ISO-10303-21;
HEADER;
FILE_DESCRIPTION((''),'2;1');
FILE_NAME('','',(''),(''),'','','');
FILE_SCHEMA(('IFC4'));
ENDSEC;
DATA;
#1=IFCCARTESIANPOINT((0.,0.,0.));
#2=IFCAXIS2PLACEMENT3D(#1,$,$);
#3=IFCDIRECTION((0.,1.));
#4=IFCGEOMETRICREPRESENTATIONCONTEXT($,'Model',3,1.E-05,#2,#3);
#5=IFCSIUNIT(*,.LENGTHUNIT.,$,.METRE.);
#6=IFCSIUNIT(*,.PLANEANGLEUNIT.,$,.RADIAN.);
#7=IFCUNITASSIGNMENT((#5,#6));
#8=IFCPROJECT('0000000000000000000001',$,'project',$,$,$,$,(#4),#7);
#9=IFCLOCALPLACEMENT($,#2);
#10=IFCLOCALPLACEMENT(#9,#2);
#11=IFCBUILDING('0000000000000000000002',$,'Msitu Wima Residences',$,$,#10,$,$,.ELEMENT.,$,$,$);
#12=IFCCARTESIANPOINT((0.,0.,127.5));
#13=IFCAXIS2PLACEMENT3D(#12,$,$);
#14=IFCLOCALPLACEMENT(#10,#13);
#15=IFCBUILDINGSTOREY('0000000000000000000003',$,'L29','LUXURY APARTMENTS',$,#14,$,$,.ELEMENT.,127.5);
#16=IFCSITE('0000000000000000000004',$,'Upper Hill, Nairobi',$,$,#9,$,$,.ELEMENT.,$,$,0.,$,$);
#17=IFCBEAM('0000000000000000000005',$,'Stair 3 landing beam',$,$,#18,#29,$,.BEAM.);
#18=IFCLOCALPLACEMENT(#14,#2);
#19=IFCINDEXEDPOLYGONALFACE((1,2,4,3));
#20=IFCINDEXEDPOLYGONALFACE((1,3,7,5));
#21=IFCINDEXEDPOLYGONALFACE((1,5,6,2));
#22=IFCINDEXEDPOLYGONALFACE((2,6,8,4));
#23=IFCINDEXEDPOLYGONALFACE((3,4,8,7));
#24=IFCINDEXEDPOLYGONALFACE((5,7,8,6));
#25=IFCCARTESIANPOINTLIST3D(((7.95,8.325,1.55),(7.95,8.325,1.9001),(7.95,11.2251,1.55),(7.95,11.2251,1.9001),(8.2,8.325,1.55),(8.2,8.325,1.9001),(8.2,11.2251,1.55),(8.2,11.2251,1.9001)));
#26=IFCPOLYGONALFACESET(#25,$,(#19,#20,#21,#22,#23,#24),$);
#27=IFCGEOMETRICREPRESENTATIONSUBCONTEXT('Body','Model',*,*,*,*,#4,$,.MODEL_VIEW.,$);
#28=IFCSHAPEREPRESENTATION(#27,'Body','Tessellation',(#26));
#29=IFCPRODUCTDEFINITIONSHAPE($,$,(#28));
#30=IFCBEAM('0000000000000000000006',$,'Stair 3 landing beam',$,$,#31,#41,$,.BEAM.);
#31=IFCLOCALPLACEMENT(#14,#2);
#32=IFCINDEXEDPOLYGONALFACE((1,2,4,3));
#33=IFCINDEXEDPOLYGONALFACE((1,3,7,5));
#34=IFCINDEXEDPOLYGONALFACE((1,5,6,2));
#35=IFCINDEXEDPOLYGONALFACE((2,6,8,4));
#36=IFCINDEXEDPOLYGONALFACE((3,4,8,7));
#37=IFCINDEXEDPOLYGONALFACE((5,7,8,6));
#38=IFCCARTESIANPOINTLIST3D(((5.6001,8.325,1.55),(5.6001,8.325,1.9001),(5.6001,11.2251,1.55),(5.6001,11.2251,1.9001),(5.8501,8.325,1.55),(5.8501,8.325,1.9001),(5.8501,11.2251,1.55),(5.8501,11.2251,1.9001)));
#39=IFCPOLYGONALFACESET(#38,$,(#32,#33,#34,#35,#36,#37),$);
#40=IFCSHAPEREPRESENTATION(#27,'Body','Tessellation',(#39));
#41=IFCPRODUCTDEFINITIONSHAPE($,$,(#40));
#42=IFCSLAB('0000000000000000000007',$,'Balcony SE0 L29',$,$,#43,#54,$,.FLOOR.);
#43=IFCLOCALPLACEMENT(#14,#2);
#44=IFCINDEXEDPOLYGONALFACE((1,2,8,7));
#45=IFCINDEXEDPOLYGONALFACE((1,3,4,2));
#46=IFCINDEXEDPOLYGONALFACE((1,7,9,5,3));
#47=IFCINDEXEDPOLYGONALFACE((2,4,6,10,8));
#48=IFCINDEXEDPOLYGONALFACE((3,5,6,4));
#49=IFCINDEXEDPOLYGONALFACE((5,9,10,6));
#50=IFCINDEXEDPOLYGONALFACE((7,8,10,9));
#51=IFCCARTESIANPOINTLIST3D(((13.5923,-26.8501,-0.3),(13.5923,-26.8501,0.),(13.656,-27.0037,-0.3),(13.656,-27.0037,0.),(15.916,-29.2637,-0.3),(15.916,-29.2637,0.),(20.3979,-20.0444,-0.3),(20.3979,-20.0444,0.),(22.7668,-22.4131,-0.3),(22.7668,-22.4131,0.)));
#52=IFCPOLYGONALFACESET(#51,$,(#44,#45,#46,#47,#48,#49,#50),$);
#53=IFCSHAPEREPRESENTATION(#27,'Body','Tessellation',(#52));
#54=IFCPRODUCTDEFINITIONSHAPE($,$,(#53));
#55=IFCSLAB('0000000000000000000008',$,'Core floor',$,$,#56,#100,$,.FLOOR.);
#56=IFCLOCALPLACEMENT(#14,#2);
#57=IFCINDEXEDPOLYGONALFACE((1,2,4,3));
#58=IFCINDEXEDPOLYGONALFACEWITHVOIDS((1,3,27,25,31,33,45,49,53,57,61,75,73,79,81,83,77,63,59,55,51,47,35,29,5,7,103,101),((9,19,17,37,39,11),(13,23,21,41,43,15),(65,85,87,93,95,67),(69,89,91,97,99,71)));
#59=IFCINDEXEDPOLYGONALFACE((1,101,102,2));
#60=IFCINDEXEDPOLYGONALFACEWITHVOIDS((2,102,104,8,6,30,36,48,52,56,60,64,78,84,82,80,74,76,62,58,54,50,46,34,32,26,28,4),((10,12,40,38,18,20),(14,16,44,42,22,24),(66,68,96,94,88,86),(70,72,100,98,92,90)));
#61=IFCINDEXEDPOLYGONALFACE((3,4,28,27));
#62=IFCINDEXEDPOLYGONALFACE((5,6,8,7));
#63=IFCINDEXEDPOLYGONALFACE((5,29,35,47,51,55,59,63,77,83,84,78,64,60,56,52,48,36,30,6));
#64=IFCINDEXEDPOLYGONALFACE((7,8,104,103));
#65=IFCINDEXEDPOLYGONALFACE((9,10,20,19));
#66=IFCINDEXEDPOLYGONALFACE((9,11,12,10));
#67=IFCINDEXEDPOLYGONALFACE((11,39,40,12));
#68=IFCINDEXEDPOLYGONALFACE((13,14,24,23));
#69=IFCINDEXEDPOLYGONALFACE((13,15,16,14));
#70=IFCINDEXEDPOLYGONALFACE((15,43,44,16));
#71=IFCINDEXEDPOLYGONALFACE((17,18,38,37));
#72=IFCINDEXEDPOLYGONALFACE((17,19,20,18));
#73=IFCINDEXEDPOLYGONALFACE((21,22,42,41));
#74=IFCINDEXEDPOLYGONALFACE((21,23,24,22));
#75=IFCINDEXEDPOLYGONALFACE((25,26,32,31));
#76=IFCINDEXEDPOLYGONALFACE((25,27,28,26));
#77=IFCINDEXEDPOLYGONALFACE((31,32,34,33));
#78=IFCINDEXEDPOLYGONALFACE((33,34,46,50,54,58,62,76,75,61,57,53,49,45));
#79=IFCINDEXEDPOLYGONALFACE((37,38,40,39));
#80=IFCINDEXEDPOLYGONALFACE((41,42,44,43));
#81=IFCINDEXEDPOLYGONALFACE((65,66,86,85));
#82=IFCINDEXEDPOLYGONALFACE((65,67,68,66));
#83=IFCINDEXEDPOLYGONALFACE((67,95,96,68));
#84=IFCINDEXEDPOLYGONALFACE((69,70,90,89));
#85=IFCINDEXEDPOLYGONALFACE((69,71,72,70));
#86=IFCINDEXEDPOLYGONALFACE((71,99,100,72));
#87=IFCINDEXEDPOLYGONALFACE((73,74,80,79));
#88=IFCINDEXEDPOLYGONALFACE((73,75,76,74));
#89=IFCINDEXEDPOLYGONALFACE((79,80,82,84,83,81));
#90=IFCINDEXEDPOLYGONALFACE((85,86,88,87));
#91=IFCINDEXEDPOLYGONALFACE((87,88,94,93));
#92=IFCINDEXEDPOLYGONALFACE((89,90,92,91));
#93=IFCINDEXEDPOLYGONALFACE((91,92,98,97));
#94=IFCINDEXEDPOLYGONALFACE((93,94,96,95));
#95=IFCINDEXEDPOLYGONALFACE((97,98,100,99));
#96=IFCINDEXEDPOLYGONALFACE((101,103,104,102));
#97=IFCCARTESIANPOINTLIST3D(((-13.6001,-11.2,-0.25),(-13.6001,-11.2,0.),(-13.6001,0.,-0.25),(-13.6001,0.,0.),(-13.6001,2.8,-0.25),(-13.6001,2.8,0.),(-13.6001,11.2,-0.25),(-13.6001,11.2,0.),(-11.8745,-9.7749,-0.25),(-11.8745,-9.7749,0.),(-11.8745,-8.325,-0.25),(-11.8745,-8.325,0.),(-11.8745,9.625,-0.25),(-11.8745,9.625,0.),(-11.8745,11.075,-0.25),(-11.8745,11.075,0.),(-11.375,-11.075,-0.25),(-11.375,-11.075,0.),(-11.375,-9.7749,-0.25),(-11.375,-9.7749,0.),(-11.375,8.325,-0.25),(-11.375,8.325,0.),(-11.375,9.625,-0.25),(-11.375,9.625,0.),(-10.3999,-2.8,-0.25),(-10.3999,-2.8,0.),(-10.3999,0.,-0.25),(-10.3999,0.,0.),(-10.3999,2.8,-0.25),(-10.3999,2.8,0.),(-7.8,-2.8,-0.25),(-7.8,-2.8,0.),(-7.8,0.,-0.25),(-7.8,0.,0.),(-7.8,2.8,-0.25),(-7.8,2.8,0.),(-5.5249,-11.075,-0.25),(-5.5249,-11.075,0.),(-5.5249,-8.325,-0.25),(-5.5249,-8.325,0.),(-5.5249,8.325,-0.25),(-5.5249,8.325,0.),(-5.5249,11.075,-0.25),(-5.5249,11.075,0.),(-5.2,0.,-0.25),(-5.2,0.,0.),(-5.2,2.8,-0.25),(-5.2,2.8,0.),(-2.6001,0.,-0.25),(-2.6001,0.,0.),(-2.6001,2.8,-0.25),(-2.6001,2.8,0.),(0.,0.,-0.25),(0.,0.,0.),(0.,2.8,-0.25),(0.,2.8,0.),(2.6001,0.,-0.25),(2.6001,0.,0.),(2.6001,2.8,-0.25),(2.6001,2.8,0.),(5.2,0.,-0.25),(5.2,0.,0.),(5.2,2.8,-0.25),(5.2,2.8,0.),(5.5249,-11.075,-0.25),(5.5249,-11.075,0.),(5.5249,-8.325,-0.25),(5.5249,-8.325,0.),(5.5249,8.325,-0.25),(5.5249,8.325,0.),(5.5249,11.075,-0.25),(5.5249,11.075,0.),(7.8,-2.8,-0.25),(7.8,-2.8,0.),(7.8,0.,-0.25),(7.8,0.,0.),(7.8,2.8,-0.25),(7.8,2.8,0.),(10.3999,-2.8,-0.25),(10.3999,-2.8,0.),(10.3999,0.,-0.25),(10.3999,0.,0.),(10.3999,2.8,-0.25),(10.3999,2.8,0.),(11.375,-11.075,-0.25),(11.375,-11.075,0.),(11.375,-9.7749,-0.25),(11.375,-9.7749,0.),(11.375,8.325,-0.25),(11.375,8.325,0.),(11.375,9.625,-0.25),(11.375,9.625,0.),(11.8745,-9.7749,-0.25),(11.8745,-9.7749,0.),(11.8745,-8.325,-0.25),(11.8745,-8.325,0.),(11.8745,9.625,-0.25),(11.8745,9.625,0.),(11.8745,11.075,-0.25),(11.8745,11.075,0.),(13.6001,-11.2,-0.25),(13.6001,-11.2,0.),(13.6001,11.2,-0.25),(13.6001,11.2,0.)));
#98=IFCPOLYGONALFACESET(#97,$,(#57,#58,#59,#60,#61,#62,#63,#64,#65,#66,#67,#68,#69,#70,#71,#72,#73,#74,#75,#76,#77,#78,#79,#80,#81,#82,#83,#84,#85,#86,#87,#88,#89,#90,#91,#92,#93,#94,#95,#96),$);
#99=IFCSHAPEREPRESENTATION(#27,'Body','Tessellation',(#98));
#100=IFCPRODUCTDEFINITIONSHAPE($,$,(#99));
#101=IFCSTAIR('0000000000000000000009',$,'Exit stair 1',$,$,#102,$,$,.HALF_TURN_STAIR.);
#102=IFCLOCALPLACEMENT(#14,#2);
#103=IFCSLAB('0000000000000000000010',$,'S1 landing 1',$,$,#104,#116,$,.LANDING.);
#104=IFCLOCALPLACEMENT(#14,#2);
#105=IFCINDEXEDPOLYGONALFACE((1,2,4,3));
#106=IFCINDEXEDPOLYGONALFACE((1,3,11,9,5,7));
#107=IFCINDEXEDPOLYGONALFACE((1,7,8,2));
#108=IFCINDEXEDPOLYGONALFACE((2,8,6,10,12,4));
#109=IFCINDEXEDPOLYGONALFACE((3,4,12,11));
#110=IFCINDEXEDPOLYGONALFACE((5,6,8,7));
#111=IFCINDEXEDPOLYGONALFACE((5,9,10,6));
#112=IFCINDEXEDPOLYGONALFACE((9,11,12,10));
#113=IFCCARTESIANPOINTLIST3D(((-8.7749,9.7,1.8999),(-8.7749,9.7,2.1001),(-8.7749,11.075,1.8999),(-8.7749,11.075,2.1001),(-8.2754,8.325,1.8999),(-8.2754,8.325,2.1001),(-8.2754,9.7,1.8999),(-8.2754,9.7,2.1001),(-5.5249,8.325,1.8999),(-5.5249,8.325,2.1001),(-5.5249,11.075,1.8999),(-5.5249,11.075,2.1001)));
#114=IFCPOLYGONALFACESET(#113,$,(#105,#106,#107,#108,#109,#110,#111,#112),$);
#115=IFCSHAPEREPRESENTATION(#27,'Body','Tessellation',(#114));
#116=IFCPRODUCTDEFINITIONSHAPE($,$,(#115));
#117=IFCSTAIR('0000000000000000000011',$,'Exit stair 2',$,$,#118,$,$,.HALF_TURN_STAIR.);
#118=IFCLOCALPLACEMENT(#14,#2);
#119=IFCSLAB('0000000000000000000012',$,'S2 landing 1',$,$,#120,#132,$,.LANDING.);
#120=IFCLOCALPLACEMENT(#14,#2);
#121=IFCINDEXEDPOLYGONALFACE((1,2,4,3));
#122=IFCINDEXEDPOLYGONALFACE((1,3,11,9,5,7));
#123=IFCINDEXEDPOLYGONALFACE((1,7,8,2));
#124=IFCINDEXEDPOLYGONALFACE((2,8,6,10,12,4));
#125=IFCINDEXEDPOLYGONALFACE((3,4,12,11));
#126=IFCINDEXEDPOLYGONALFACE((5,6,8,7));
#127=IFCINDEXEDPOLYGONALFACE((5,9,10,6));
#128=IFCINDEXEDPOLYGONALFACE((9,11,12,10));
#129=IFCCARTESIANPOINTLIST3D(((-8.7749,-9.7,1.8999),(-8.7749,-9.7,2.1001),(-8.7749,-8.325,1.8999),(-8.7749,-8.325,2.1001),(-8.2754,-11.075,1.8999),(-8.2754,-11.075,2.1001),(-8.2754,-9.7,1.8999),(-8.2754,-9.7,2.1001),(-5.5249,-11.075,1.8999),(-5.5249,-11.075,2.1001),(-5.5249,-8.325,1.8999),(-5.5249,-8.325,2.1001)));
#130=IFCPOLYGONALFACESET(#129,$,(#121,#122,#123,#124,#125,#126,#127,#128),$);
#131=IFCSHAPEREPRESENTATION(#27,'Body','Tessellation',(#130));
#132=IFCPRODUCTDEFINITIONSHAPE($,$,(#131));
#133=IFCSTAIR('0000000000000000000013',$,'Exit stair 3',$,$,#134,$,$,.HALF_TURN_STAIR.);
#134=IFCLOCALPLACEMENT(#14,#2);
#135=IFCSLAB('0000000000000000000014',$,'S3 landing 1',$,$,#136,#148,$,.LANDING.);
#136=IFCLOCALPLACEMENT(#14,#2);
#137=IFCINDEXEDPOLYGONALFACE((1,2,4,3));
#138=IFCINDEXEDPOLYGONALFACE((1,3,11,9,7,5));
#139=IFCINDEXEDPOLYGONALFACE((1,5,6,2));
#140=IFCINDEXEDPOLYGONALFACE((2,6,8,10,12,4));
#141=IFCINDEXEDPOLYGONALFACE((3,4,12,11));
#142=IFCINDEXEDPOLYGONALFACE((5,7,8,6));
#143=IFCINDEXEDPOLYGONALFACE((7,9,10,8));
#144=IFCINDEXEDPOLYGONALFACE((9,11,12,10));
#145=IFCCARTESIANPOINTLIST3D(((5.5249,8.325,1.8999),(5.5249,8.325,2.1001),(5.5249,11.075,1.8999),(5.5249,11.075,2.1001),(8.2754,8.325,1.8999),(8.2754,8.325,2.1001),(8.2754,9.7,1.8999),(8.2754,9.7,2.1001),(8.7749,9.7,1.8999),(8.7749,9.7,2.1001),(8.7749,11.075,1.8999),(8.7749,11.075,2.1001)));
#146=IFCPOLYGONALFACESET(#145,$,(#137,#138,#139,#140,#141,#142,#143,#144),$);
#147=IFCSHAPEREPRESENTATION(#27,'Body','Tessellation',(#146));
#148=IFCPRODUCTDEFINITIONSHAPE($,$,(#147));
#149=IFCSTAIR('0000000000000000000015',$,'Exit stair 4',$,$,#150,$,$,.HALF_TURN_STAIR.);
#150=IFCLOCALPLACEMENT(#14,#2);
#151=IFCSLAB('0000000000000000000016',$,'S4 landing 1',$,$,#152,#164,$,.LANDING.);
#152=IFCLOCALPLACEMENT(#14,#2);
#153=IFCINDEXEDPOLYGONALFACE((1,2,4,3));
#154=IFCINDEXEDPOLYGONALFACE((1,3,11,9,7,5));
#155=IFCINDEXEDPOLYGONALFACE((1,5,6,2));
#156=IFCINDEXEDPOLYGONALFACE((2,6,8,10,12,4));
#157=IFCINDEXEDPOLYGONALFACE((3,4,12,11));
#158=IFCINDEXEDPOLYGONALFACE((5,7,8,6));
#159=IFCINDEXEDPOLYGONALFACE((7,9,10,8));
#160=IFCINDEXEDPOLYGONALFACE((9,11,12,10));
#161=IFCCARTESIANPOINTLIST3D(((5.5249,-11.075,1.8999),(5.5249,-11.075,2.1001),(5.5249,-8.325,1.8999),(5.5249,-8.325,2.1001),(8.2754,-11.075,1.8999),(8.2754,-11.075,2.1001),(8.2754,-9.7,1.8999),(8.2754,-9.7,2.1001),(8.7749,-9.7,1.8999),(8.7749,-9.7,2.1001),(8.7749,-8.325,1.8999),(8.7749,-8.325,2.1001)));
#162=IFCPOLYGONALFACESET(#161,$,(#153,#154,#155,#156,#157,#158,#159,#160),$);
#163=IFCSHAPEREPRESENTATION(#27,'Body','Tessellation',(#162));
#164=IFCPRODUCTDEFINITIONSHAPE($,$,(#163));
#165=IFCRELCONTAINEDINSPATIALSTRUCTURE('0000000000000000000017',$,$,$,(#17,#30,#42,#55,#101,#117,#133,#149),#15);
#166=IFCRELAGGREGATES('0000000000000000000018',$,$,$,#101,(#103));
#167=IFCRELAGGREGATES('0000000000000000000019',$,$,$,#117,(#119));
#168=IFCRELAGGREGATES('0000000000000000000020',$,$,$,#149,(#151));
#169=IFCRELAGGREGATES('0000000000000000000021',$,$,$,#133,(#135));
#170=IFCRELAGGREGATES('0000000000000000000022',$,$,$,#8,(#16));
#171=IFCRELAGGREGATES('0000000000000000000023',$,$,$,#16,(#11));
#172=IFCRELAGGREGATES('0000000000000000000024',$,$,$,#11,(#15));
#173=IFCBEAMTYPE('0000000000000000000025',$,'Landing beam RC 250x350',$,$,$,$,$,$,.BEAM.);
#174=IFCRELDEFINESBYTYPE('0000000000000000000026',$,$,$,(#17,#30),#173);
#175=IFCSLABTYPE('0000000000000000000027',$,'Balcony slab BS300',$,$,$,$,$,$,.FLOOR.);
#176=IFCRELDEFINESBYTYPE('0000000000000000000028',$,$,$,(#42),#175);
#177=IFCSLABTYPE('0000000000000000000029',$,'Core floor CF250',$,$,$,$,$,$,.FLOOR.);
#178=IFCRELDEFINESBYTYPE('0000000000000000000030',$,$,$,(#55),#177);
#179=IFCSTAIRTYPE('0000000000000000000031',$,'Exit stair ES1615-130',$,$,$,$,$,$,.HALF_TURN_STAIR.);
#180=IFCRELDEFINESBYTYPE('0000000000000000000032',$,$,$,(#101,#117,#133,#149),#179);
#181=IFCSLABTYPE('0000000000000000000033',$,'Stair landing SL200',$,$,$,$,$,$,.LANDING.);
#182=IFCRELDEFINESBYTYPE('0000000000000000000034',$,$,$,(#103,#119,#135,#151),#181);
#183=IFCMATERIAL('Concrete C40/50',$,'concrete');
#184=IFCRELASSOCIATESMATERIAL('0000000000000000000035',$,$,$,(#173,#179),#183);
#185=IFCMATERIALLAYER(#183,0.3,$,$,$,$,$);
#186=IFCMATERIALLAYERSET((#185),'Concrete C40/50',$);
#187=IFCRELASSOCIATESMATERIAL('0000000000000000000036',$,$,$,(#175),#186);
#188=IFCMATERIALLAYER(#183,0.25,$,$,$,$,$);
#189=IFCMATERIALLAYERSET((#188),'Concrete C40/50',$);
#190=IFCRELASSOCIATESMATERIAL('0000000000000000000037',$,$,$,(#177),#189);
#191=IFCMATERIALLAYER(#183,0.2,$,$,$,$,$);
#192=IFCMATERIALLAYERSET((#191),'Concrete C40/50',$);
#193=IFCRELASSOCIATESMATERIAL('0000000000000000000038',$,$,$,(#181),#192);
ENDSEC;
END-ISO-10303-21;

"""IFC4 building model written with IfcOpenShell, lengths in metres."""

from ifc_helpers import new_model, si_unit, direction, frame, origin, origin_2d, place, context, subcontext, project, spatial, polyline, rectangle, outline, extrude, material, layer, layer_set, material_profile, profile_set, type_object, element, aggregate, save


model = new_model("IFC4")

# Units and contexts
model_context = context("Model", 3, precision=1e-05, world=origin(), true_north=direction((0.0, 1.0)))
body_context = subcontext(model_context, "Body", "Model", "MODEL_VIEW")
ifc_project = project(units=[si_unit("LENGTHUNIT", "METRE"), si_unit("PLANEANGLEUNIT", "RADIAN")], contexts=[model_context])

# Site, building, storey
site_placement = place(None, origin())
site = spatial("IfcSite", under=ifc_project, at=site_placement, Name="Upper Hill, Nairobi", CompositionType="ELEMENT", RefElevation=0.0)
building_placement = place(site_placement, origin())
building = spatial("IfcBuilding", under=site, at=building_placement, Name="Msitu Wima Residences", CompositionType="ELEMENT")
storey_placement = place(building_placement, frame((0.0, 0.0, 127.5)))
storey = spatial("IfcBuildingStorey", under=building, at=storey_placement, Name="L29", Description="LUXURY APARTMENTS", CompositionType="ELEMENT", Elevation=127.5)

# Beams
ifc_material_1 = material(Name="Concrete C40/50", Category="concrete")
ifc_material_profile = material_profile(ifc_material_1, rectangle(XDim=0.25, YDim=0.3501, at=origin_2d()), Name="RC 250x350")
ifc_profile_set = profile_set([ifc_material_profile], Name="Concrete C40/50")
beam_type = type_object("IfcBeamType", Name="Landing beam RC 250x350", PredefinedType="BEAM", material=ifc_profile_set)
for number, where, z_axis, x_axis, name in (
    (1, (8.075, 8.325, 1.7251), (0.0, 1.0, 0.0), (-1.0, 0.0, 0.0), "Stair 3 landing beam"),
    (2, (5.7251, 8.325, 1.7251), (0.0, 1.0, 0.0), (-1.0, 0.0, 0.0), "Stair 3 landing beam"),
):
    element("IfcBeam", number, at=place(storey_placement, frame(where, z_axis=z_axis, x_axis=x_axis)), inside=storey, type_object=beam_type, Name=name, PredefinedType="BEAM", context=body_context, shape_type="SweptSolid", body=[
        extrude(rectangle(XDim=0.25, YDim=0.3501, at=origin_2d()), origin(), (0.0, 0.0, 1.0), 2.9001),
    ])

# Slabs
ifc_layer_1 = layer(ifc_material_1, 0.3)
ifc_layer_set_1 = layer_set([ifc_layer_1], Name="Concrete C40/50")
slab_type_1 = type_object("IfcSlabType", Name="Balcony slab BS300", PredefinedType="FLOOR", material=ifc_layer_set_1)
slab_1_placement = place(storey_placement, frame((0.0, 0.0, -0.3)))
element("IfcSlab", 3, at=slab_1_placement, inside=storey, type_object=slab_type_1, Name="Balcony SE0 L29", PredefinedType="FLOOR", context=body_context, shape_type="SweptSolid", body=[
    extrude(outline(polyline([(22.7668, -22.4131), (15.916, -29.2637), (13.656, -27.0037), (13.5923, -26.8501), (20.3979, -20.0444), (22.7668, -22.4131)])), origin(), (0.0, 0.0, 1.0), 0.3),
])
ifc_layer_2 = layer(ifc_material_1, 0.25)
ifc_layer_set_2 = layer_set([ifc_layer_2], Name="Concrete C40/50")
slab_type_2 = type_object("IfcSlabType", Name="Core floor CF250", PredefinedType="FLOOR", material=ifc_layer_set_2)
slab_2_placement = place(storey_placement, frame((0.0, 0.0, -0.25)))
element("IfcSlab", 4, at=slab_2_placement, inside=storey, type_object=slab_type_2, Name="Core floor", PredefinedType="FLOOR", context=body_context, shape_type="SweptSolid", body=[
    extrude(outline(polyline([(-13.6001, 11.2), (-13.6001, 2.8), (-10.3999, 2.8), (-7.8, 2.8), (-5.2, 2.8), (-2.6001, 2.8), (0.0, 2.8), (2.6001, 2.8), (5.2, 2.8), (7.8, 2.8), (10.3999, 2.8), (10.3999, 0.0), (10.3999, -2.8), (7.8, -2.8), (7.8, 0.0), (5.2, 0.0), (2.6001, 0.0), (0.0, 0.0), (-2.6001, 0.0), (-5.2, 0.0), (-7.8, 0.0), (-7.8, -2.8), (-10.3999, -2.8), (-10.3999, 0.0), (-13.6001, 0.0), (-13.6001, -11.2), (13.6001, -11.2), (13.6001, 11.2), (-13.6001, 11.2)]), holes=[polyline([(-11.375, -11.075), (-11.375, -9.7749), (-11.8745, -9.7749), (-11.8745, -8.325), (-5.5249, -8.325), (-5.5249, -11.075), (-11.375, -11.075)]), polyline([(-11.375, 9.625), (-11.8745, 9.625), (-11.8745, 11.075), (-5.5249, 11.075), (-5.5249, 8.325), (-11.375, 8.325), (-11.375, 9.625)]), polyline([(11.375, -9.7749), (11.375, -11.075), (5.5249, -11.075), (5.5249, -8.325), (11.8745, -8.325), (11.8745, -9.7749), (11.375, -9.7749)]), polyline([(11.375, 9.625), (11.375, 8.325), (5.5249, 8.325), (5.5249, 11.075), (11.8745, 11.075), (11.8745, 9.625), (11.375, 9.625)])]), origin(), (0.0, 0.0, 1.0), 0.25),
])

# Stairs, slabs
stair_type = type_object("IfcStairType", Name="Exit stair ES1615-130", PredefinedType="HALF_TURN_STAIR", material=ifc_material_1)
stair_1_placement = place(storey_placement, origin())
stair_1 = element("IfcStair", 5, at=stair_1_placement, inside=storey, type_object=stair_type, Name="Exit stair 1", PredefinedType="HALF_TURN_STAIR")
ifc_layer_3 = layer(ifc_material_1, 0.2)
ifc_layer_set_3 = layer_set([ifc_layer_3], Name="Concrete C40/50")
slab_type_3 = type_object("IfcSlabType", Name="Stair landing SL200", PredefinedType="LANDING", material=ifc_layer_set_3)
slab_3_placement = place(storey_placement, frame((0.0, 0.0, 1.8999)))
slab_3 = element("IfcSlab", 6, at=slab_3_placement, type_object=slab_type_3, Name="S1 landing 1", PredefinedType="LANDING", context=body_context, shape_type="SweptSolid", body=[
    extrude(outline(polyline([(-5.5249, 8.325), (-8.2754, 8.325), (-8.2754, 9.7), (-8.7749, 9.7), (-8.7749, 11.075), (-5.5249, 11.075), (-5.5249, 8.325)])), origin(), (0.0, 0.0, 1.0), 0.2002),
])
aggregate(stair_1, [slab_3])
stair_2_placement = place(storey_placement, origin())
stair_2 = element("IfcStair", 7, at=stair_2_placement, inside=storey, type_object=stair_type, Name="Exit stair 2", PredefinedType="HALF_TURN_STAIR")
slab_4_placement = place(storey_placement, frame((0.0, 0.0, 1.8999)))
slab_4 = element("IfcSlab", 8, at=slab_4_placement, type_object=slab_type_3, Name="S2 landing 1", PredefinedType="LANDING", context=body_context, shape_type="SweptSolid", body=[
    extrude(outline(polyline([(-5.5249, -11.075), (-8.2754, -11.075), (-8.2754, -9.7), (-8.7749, -9.7), (-8.7749, -8.325), (-5.5249, -8.325), (-5.5249, -11.075)])), origin(), (0.0, 0.0, 1.0), 0.2002),
])
aggregate(stair_2, [slab_4])
stair_3_placement = place(storey_placement, origin())
stair_3 = element("IfcStair", 9, at=stair_3_placement, inside=storey, type_object=stair_type, Name="Exit stair 3", PredefinedType="HALF_TURN_STAIR")
slab_5_placement = place(storey_placement, frame((0.0, 0.0, 1.8999)))
slab_5 = element("IfcSlab", 10, at=slab_5_placement, type_object=slab_type_3, Name="S3 landing 1", PredefinedType="LANDING", context=body_context, shape_type="SweptSolid", body=[
    extrude(outline(polyline([(5.5249, 8.325), (8.2754, 8.325), (8.2754, 9.7), (8.7749, 9.7), (8.7749, 11.075), (5.5249, 11.075), (5.5249, 8.325)])), origin(), (0.0, 0.0, 1.0), 0.2002),
])
stair_4_placement = place(storey_placement, origin())
stair_4 = element("IfcStair", 11, at=stair_4_placement, inside=storey, type_object=stair_type, Name="Exit stair 4", PredefinedType="HALF_TURN_STAIR")
slab_6_placement = place(storey_placement, frame((0.0, 0.0, 1.8999)))
slab_6 = element("IfcSlab", 12, at=slab_6_placement, type_object=slab_type_3, Name="S4 landing 1", PredefinedType="LANDING", context=body_context, shape_type="SweptSolid", body=[
    extrude(outline(polyline([(5.5249, -11.075), (8.2754, -11.075), (8.2754, -9.7), (8.7749, -9.7), (8.7749, -8.325), (5.5249, -8.325), (5.5249, -11.075)])), origin(), (0.0, 0.0, 1.0), 0.2002),
])
aggregate(stair_4, [slab_6])

aggregate(stair_3, [slab_5])

save(model, "model.ifc")
